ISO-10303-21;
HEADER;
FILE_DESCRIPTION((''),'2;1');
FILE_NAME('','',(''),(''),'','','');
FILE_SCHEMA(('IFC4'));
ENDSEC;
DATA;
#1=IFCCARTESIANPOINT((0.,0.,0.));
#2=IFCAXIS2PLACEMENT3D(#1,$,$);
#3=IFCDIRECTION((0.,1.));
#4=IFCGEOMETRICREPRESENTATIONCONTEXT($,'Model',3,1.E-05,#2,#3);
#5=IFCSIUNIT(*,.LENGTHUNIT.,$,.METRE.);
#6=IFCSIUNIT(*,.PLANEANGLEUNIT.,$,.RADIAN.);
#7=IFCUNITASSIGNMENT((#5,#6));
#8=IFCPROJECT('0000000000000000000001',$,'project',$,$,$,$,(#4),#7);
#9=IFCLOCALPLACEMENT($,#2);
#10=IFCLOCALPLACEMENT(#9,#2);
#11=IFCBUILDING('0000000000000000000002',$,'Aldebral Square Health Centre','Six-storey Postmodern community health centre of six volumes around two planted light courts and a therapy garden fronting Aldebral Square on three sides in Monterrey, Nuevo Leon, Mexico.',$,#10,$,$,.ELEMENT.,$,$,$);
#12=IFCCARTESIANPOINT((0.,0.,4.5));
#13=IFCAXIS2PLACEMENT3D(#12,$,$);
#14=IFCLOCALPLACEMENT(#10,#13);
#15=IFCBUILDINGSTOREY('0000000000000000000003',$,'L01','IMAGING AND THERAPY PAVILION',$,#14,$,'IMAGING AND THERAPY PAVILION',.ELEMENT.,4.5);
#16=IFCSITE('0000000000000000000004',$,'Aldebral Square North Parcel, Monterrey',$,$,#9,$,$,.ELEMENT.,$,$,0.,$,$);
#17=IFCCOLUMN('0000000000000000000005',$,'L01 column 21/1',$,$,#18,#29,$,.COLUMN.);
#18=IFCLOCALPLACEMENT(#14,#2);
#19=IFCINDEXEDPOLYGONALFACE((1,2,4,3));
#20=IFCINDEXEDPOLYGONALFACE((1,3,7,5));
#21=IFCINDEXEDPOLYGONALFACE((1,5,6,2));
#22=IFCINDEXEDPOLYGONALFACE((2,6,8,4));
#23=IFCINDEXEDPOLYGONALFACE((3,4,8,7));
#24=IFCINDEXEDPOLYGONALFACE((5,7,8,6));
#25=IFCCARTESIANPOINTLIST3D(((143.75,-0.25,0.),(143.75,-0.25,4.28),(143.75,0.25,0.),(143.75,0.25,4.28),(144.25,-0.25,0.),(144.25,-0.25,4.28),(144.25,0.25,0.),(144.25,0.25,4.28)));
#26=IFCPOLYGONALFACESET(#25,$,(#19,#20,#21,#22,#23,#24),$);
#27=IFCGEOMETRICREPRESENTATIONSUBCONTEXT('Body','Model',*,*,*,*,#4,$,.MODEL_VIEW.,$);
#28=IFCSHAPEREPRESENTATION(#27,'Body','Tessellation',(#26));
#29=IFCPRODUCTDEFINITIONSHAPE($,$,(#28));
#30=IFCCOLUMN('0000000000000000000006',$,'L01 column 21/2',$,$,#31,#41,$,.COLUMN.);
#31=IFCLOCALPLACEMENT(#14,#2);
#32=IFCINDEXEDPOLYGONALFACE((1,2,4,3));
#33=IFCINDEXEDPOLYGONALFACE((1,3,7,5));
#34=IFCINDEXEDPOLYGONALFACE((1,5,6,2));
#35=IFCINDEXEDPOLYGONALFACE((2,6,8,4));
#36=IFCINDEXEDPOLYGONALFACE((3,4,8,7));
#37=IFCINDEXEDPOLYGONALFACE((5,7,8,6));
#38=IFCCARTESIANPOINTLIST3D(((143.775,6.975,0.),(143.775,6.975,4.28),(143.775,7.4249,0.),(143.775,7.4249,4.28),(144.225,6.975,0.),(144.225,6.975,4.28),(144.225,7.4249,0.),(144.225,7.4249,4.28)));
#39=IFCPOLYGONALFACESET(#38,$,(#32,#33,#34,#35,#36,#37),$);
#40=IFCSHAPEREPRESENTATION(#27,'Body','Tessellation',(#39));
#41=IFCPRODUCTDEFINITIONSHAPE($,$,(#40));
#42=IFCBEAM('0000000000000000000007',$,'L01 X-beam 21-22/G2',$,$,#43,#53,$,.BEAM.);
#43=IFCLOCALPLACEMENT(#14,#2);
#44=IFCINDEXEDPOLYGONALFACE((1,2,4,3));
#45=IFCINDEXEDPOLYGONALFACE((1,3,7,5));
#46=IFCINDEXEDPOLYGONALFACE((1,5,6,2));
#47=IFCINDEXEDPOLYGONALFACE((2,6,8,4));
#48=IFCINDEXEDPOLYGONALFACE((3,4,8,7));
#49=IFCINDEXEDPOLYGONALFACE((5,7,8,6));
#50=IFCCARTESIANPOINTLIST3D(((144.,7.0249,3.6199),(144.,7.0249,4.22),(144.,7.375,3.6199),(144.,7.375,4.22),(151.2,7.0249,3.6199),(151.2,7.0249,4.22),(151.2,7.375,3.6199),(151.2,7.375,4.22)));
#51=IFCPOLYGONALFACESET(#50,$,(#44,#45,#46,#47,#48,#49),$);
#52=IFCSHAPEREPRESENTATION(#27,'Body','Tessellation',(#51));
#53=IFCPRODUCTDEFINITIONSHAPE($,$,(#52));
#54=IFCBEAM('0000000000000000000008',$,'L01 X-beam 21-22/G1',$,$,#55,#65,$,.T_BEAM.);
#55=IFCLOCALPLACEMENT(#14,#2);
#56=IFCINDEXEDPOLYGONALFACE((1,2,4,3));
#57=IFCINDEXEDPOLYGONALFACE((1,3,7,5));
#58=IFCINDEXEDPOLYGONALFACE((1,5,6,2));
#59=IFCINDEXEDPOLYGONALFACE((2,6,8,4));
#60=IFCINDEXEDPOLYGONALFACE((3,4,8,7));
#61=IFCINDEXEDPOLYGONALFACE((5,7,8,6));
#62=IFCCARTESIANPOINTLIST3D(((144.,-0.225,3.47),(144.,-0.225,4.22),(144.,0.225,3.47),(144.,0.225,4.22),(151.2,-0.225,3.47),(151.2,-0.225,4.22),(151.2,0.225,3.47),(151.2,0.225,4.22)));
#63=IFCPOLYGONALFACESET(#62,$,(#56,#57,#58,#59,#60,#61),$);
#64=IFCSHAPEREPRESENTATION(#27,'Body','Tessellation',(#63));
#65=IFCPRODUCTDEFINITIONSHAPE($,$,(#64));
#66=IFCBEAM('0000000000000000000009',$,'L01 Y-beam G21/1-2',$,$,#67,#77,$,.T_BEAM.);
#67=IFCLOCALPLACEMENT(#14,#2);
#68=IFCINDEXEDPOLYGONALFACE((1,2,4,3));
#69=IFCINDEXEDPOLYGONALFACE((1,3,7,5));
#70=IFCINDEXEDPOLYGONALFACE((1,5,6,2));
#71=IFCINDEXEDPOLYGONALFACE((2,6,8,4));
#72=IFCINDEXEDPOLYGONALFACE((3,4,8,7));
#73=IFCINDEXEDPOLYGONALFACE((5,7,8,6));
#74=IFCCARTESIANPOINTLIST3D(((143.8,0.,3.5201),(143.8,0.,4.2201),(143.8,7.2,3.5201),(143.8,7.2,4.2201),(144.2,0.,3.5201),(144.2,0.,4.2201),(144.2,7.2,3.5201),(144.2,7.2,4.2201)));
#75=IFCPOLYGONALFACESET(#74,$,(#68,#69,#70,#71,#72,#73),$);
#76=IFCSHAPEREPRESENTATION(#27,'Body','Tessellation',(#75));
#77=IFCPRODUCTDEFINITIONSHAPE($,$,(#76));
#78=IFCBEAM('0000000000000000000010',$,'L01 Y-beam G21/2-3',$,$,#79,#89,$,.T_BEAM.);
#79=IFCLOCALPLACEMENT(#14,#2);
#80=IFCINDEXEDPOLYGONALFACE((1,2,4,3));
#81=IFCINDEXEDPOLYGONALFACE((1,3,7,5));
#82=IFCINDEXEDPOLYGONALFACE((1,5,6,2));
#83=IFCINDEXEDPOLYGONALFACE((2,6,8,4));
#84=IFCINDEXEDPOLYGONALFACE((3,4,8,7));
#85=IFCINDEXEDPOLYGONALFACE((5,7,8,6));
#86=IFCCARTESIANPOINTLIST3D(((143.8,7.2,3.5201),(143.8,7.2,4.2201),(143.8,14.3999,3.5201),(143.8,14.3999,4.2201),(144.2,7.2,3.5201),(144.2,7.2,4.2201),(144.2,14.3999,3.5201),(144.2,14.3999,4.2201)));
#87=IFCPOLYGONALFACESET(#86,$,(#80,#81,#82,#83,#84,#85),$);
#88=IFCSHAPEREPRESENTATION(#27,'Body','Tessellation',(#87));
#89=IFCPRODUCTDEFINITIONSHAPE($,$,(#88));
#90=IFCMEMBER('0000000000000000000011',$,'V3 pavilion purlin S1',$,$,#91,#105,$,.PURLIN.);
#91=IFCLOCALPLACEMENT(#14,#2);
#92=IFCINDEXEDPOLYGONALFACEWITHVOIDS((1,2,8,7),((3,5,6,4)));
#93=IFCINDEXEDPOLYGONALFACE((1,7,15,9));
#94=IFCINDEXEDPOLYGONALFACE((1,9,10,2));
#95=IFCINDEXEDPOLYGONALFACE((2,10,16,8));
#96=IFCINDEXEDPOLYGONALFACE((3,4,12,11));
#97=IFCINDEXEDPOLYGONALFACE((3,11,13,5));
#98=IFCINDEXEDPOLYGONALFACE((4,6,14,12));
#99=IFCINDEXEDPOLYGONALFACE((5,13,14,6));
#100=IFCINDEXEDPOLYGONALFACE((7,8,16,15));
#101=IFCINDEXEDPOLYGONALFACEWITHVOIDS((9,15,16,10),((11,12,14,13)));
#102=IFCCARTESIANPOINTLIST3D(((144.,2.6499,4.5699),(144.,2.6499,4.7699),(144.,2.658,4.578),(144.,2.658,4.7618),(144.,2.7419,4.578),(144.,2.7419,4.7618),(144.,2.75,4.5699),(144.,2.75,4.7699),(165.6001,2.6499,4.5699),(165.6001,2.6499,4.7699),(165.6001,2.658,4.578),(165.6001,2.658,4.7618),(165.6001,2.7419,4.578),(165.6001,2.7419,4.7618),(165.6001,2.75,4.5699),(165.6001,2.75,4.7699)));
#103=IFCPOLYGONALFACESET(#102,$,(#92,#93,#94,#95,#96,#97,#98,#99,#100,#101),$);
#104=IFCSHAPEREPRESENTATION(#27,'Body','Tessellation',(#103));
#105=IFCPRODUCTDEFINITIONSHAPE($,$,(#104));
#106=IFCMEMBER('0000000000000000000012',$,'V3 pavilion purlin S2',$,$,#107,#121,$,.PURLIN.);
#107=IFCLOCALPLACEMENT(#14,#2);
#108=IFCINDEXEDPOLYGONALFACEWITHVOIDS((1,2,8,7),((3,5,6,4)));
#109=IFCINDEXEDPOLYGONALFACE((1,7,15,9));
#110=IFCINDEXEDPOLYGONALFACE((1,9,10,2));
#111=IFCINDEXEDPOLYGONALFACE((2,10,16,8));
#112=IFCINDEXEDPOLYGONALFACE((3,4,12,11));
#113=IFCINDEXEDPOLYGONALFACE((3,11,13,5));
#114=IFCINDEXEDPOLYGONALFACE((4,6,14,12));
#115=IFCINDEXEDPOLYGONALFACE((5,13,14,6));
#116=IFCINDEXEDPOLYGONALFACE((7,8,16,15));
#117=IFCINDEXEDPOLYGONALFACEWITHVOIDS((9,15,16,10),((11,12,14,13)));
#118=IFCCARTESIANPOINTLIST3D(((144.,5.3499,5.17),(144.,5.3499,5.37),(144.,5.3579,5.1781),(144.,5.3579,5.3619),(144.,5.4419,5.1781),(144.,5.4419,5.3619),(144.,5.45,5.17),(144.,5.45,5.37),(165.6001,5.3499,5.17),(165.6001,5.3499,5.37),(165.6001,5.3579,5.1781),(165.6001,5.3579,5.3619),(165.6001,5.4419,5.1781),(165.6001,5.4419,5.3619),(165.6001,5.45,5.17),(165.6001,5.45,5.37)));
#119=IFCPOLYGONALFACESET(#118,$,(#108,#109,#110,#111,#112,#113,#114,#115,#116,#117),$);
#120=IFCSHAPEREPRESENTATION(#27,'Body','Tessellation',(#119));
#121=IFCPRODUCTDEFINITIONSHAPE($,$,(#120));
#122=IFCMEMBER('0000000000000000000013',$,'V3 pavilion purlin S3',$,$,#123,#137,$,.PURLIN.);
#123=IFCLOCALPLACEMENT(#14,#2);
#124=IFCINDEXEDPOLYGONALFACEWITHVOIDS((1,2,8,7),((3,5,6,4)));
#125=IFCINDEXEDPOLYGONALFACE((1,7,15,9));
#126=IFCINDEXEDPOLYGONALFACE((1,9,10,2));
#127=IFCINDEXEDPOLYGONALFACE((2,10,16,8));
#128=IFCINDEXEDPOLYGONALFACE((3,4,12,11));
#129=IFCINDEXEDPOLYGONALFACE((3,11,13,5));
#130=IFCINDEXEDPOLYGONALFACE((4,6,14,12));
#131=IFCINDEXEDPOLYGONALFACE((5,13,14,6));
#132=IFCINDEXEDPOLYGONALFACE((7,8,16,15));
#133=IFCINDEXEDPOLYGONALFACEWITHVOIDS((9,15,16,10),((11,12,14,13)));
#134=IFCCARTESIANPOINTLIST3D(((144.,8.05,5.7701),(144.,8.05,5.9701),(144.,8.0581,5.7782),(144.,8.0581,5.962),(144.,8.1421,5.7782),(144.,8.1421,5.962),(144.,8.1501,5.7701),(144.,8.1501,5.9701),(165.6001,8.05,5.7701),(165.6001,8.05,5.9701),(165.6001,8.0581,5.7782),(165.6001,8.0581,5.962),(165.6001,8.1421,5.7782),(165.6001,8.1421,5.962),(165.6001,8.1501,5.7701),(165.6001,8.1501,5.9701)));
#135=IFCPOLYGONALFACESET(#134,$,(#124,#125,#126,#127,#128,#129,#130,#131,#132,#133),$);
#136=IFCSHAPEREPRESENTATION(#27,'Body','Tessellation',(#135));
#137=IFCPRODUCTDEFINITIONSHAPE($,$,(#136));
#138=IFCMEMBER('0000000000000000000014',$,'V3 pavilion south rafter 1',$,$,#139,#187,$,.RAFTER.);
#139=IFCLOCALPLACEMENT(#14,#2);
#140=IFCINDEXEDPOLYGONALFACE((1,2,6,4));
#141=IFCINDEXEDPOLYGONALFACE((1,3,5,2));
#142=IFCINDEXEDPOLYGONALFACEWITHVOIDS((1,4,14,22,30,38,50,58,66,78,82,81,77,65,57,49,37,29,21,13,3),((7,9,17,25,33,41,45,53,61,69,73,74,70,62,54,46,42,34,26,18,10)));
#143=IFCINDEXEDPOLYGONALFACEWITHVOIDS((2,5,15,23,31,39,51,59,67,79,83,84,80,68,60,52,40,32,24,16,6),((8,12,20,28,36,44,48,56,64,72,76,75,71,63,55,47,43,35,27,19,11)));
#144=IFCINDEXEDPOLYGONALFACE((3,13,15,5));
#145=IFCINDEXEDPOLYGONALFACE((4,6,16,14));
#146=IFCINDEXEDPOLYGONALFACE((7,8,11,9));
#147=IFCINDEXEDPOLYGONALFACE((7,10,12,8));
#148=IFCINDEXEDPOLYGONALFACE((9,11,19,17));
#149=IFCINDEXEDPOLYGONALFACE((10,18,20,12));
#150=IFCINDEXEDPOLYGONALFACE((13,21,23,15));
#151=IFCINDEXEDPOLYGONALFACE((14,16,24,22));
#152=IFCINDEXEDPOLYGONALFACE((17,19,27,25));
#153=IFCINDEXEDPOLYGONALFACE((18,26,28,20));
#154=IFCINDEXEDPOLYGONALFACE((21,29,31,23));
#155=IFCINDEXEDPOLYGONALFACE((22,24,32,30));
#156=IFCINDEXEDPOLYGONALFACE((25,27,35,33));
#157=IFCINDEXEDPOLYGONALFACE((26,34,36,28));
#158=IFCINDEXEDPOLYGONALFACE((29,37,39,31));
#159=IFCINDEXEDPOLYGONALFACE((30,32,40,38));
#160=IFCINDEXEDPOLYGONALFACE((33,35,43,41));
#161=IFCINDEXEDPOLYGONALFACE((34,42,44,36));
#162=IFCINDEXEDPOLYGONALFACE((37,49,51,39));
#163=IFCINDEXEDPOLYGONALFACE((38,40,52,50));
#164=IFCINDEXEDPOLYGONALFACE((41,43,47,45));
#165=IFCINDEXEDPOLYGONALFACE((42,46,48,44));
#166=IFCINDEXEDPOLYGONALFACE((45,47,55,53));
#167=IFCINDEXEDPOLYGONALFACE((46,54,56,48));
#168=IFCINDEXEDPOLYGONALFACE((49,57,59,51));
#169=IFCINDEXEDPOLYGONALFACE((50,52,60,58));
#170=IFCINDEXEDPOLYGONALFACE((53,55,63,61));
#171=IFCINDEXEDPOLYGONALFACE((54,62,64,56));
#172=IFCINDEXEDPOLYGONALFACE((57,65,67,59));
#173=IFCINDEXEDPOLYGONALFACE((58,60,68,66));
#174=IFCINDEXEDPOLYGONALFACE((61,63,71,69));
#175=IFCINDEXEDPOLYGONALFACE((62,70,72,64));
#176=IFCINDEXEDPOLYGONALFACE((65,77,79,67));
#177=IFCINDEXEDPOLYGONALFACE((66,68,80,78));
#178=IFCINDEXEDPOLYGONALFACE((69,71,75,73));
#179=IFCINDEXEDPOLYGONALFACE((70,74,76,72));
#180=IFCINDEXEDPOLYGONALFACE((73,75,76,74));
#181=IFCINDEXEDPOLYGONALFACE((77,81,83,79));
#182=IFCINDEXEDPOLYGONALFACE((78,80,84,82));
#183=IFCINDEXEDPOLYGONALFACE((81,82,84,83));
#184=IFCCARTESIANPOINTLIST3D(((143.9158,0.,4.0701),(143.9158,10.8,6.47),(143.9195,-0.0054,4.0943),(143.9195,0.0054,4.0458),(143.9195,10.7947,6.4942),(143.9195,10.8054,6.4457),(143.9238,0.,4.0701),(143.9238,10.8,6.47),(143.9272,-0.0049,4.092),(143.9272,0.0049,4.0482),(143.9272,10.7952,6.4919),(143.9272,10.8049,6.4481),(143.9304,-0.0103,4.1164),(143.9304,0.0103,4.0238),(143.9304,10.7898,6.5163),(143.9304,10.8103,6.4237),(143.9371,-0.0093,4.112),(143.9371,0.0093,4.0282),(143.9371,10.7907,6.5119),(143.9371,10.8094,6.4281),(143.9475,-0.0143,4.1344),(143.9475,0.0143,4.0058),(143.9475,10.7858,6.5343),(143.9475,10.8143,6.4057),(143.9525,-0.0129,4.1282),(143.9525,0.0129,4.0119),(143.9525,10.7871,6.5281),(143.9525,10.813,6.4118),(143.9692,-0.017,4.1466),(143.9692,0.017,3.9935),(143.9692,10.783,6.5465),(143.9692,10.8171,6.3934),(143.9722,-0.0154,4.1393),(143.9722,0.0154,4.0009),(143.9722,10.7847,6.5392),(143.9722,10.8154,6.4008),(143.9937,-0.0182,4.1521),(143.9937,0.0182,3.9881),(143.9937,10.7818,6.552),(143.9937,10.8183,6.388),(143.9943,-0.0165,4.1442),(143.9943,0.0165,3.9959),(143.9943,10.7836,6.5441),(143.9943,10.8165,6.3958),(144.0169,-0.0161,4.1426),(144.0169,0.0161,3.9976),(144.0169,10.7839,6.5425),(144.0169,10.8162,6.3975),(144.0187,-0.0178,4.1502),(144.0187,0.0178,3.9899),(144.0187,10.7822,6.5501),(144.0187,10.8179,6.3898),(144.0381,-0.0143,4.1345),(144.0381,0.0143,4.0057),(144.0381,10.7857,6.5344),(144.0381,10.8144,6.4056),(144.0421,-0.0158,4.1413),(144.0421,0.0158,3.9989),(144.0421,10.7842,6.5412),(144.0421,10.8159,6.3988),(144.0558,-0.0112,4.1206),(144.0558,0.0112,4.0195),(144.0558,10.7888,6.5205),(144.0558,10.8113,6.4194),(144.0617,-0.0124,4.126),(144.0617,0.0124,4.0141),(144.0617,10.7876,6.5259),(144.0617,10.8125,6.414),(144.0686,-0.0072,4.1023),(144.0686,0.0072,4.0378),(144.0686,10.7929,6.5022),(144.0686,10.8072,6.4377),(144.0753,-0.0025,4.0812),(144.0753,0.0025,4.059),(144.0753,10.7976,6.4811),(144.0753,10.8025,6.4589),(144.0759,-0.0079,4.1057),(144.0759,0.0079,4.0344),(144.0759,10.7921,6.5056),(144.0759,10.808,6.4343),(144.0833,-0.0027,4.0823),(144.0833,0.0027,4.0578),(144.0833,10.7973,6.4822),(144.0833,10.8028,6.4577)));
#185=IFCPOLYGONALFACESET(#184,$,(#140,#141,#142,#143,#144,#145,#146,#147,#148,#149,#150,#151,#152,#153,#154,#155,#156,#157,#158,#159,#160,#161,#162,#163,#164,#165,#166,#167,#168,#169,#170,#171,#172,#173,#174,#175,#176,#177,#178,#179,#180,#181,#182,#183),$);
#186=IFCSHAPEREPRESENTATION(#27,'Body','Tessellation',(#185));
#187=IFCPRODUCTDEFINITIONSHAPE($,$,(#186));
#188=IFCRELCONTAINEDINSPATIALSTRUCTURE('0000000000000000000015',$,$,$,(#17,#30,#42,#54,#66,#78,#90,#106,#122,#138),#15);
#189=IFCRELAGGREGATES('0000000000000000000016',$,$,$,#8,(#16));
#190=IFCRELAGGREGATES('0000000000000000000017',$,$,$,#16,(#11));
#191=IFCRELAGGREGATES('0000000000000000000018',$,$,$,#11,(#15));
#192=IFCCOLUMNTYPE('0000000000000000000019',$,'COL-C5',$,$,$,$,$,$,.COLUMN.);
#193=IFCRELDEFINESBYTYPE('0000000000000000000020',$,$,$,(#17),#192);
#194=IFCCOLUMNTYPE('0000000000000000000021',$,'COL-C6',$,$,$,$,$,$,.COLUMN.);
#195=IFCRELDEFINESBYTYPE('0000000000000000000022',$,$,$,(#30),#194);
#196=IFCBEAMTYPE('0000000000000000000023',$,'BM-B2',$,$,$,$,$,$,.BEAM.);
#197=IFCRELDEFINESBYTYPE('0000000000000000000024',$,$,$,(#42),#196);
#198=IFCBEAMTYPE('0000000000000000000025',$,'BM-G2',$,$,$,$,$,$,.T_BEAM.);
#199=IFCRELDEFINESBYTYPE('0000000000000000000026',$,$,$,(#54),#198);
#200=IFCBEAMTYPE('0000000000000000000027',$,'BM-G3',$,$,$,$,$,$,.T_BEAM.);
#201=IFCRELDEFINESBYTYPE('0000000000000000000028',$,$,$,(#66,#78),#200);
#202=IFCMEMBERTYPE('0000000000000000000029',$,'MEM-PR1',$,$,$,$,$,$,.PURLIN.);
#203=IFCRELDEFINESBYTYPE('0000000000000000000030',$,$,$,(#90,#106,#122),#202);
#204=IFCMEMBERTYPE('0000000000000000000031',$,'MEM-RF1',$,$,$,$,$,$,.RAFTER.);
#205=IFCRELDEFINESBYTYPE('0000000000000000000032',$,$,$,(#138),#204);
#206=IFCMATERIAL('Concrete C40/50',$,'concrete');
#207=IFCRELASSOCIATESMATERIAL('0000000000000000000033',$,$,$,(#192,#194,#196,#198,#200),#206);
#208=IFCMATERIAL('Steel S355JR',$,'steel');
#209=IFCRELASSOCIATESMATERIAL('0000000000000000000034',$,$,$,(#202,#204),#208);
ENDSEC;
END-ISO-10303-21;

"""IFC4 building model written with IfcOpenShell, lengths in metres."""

from ifc_helpers import new_model, si_unit, direction, frame, origin, origin_2d, place, context, subcontext, project, spatial, rectangle, hollow_rectangle, hollow_circle, extrude, material, material_profile, profile_set, type_object, element, save


model = new_model("IFC4")

# Units and contexts
model_context = context("Model", 3, precision=1e-05, world=origin(), true_north=direction((0.0, 1.0)))
body_context = subcontext(model_context, "Body", "Model", "MODEL_VIEW")
ifc_project = project(units=[si_unit("LENGTHUNIT", "METRE"), si_unit("PLANEANGLEUNIT", "RADIAN")], contexts=[model_context])

# Site, building, storey
site_placement = place(None, origin())
site = spatial("IfcSite", under=ifc_project, at=site_placement, Name="Aldebral Square North Parcel, Monterrey", CompositionType="ELEMENT", RefElevation=0.0)
building_placement = place(site_placement, origin())
building = spatial("IfcBuilding", under=site, at=building_placement, Name="Aldebral Square Health Centre", Description="Six-storey Postmodern community health centre of six volumes around two planted light courts and a therapy garden fronting Aldebral Square on three sides in Monterrey, Nuevo Leon, Mexico.", CompositionType="ELEMENT")
storey_placement = place(building_placement, frame((0.0, 0.0, 4.5)))
storey = spatial("IfcBuildingStorey", under=building, at=storey_placement, Name="L01", Description="IMAGING AND THERAPY PAVILION", LongName="IMAGING AND THERAPY PAVILION", CompositionType="ELEMENT", Elevation=4.5)

# Columns
ifc_material_1 = material(Name="Concrete C40/50", Category="concrete")
ifc_material_profile_1 = material_profile(ifc_material_1, rectangle(XDim=0.5, YDim=0.5, at=origin_2d()), Name="RC 500x500")
ifc_profile_set_1 = profile_set([ifc_material_profile_1], Name="Concrete C40/50")
column_type_1 = type_object("IfcColumnType", Name="COL-C5", PredefinedType="COLUMN", material=ifc_profile_set_1)
column_1_placement = place(storey_placement, frame((144.0, 0.0, 0.0), z_axis=(0.0, 0.0, 1.0), x_axis=(1.0, 0.0, 0.0)))
element("IfcColumn", 1, at=column_1_placement, inside=storey, type_object=column_type_1, Name="L01 column 21/1", PredefinedType="COLUMN", context=body_context, shape_type="SweptSolid", body=[
    extrude(rectangle(XDim=0.5, YDim=0.5, at=origin_2d()), origin(), (0.0, 0.0, 1.0), 4.28),
])
ifc_material_profile_2 = material_profile(ifc_material_1, rectangle(XDim=0.45, YDim=0.45, at=origin_2d()), Name="RC 450x450")
ifc_profile_set_2 = profile_set([ifc_material_profile_2], Name="Concrete C40/50")
column_type_2 = type_object("IfcColumnType", Name="COL-C6", PredefinedType="COLUMN", material=ifc_profile_set_2)
column_2_placement = place(storey_placement, frame((144.0, 7.2, 0.0), z_axis=(0.0, 0.0, 1.0), x_axis=(1.0, 0.0, 0.0)))
element("IfcColumn", 2, at=column_2_placement, inside=storey, type_object=column_type_2, Name="L01 column 21/2", PredefinedType="COLUMN", context=body_context, shape_type="SweptSolid", body=[
    extrude(rectangle(XDim=0.45, YDim=0.45, at=origin_2d()), origin(), (0.0, 0.0, 1.0), 4.28),
])

# Beams
ifc_material_profile_3 = material_profile(ifc_material_1, rectangle(XDim=0.3501, YDim=0.6001, at=origin_2d()), Name="RC 350x600")
ifc_profile_set_3 = profile_set([ifc_material_profile_3], Name="Concrete C40/50")
beam_type_1 = type_object("IfcBeamType", Name="BM-B2", PredefinedType="BEAM", material=ifc_profile_set_3)
beam_1_placement = place(storey_placement, frame((144.0, 7.2, 3.9199), z_axis=(1.0, 0.0, 0.0), x_axis=(0.0, 1.0, 0.0)))
element("IfcBeam", 3, at=beam_1_placement, inside=storey, type_object=beam_type_1, Name="L01 X-beam 21-22/G2", PredefinedType="BEAM", context=body_context, shape_type="SweptSolid", body=[
    extrude(rectangle(XDim=0.3501, YDim=0.6001, at=origin_2d()), origin(), (0.0, 0.0, 1.0), 7.2),
])
ifc_material_profile_4 = material_profile(ifc_material_1, rectangle(XDim=0.45, YDim=0.75, at=origin_2d()), Name="RC 450x750")
ifc_profile_set_4 = profile_set([ifc_material_profile_4], Name="Concrete C40/50")
beam_type_2 = type_object("IfcBeamType", Name="BM-G2", PredefinedType="T_BEAM", material=ifc_profile_set_4)
beam_2_placement = place(storey_placement, frame((144.0, 0.0, 3.845), z_axis=(1.0, 0.0, 0.0), x_axis=(0.0, 1.0, 0.0)))
element("IfcBeam", 4, at=beam_2_placement, inside=storey, type_object=beam_type_2, Name="L01 X-beam 21-22/G1", PredefinedType="T_BEAM", context=body_context, shape_type="SweptSolid", body=[
    extrude(rectangle(XDim=0.45, YDim=0.75, at=origin_2d()), origin(), (0.0, 0.0, 1.0), 7.2),
])
ifc_material_profile_5 = material_profile(ifc_material_1, rectangle(XDim=0.3999, YDim=0.7, at=origin_2d()), Name="RC 400x700")
ifc_profile_set_5 = profile_set([ifc_material_profile_5], Name="Concrete C40/50")
beam_type_3 = type_object("IfcBeamType", Name="BM-G3", PredefinedType="T_BEAM", material=ifc_profile_set_5)
for number, where, z_axis, x_axis, name in (
    (5, (144.0, 0.0, 3.8701), (0.0, 1.0, 0.0), (-1.0, 0.0, 0.0), "L01 Y-beam G21/1-2"),
    (6, (144.0, 7.2, 3.8701), (0.0, 1.0, 0.0), (-1.0, 0.0, 0.0), "L01 Y-beam G21/2-3"),
):
    element("IfcBeam", number, at=place(storey_placement, frame(where, z_axis=z_axis, x_axis=x_axis)), inside=storey, type_object=beam_type_3, Name=name, PredefinedType="T_BEAM", context=body_context, shape_type="SweptSolid", body=[
        extrude(rectangle(XDim=0.3999, YDim=0.7, at=origin_2d()), origin(), (0.0, 0.0, 1.0), 7.2),
    ])

# Members
ifc_material_2 = material(Name="Steel S355JR", Category="steel")
ifc_material_profile_6 = material_profile(ifc_material_2, hollow_rectangle(XDim=0.1001, YDim=0.2, WallThickness=0.0081, at=origin_2d()), Name="200x100x8 RHS")
ifc_profile_set_6 = profile_set([ifc_material_profile_6], Name="Steel S355JR")
member_type_1 = type_object("IfcMemberType", Name="MEM-PR1", PredefinedType="PURLIN", material=ifc_profile_set_6)
for number, where, z_axis, x_axis, name in (
    (7, (144.0, 2.7, 4.6699), (1.0, 0.0, 0.0), (0.0, 1.0, 0.0), "V3 pavilion purlin S1"),
    (8, (144.0, 5.3999, 5.27), (1.0, 0.0, 0.0), (0.0, 1.0, 0.0), "V3 pavilion purlin S2"),
    (9, (144.0, 8.1001, 5.8701), (1.0, 0.0, 0.0), (0.0, 1.0, 0.0), "V3 pavilion purlin S3"),
):
    element("IfcMember", number, at=place(storey_placement, frame(where, z_axis=z_axis, x_axis=x_axis)), inside=storey, type_object=member_type_1, Name=name, PredefinedType="PURLIN", context=body_context, shape_type="SweptSolid", body=[
        extrude(hollow_rectangle(XDim=0.1001, YDim=0.2, WallThickness=0.0081, at=origin_2d()), origin(), (0.0, 0.0, 1.0), 21.6001),
    ])
ifc_material_profile_7 = material_profile(ifc_material_2, hollow_circle(Radius=0.0842, WallThickness=0.0081, at=origin_2d()), Name="168.3x8.0 CHS")
ifc_profile_set_7 = profile_set([ifc_material_profile_7], Name="Steel S355JR")
member_type_2 = type_object("IfcMemberType", Name="MEM-RF1", PredefinedType="RAFTER", material=ifc_profile_set_7)
member_placement = place(storey_placement, frame((144.0, 0.0, 4.0701), z_axis=(0.0, 0.976189, 0.216921), x_axis=(-1.0, 0.0, 0.0)))
element("IfcMember", 10, at=member_placement, inside=storey, type_object=member_type_2, Name="V3 pavilion south rafter 1", PredefinedType="RAFTER", context=body_context, shape_type="SweptSolid", body=[
    extrude(hollow_circle(Radius=0.0842, WallThickness=0.0081, at=origin_2d()), origin(), (0.0, 0.0, 1.0), 11.0635),
])

save(model, "model.ifc")
